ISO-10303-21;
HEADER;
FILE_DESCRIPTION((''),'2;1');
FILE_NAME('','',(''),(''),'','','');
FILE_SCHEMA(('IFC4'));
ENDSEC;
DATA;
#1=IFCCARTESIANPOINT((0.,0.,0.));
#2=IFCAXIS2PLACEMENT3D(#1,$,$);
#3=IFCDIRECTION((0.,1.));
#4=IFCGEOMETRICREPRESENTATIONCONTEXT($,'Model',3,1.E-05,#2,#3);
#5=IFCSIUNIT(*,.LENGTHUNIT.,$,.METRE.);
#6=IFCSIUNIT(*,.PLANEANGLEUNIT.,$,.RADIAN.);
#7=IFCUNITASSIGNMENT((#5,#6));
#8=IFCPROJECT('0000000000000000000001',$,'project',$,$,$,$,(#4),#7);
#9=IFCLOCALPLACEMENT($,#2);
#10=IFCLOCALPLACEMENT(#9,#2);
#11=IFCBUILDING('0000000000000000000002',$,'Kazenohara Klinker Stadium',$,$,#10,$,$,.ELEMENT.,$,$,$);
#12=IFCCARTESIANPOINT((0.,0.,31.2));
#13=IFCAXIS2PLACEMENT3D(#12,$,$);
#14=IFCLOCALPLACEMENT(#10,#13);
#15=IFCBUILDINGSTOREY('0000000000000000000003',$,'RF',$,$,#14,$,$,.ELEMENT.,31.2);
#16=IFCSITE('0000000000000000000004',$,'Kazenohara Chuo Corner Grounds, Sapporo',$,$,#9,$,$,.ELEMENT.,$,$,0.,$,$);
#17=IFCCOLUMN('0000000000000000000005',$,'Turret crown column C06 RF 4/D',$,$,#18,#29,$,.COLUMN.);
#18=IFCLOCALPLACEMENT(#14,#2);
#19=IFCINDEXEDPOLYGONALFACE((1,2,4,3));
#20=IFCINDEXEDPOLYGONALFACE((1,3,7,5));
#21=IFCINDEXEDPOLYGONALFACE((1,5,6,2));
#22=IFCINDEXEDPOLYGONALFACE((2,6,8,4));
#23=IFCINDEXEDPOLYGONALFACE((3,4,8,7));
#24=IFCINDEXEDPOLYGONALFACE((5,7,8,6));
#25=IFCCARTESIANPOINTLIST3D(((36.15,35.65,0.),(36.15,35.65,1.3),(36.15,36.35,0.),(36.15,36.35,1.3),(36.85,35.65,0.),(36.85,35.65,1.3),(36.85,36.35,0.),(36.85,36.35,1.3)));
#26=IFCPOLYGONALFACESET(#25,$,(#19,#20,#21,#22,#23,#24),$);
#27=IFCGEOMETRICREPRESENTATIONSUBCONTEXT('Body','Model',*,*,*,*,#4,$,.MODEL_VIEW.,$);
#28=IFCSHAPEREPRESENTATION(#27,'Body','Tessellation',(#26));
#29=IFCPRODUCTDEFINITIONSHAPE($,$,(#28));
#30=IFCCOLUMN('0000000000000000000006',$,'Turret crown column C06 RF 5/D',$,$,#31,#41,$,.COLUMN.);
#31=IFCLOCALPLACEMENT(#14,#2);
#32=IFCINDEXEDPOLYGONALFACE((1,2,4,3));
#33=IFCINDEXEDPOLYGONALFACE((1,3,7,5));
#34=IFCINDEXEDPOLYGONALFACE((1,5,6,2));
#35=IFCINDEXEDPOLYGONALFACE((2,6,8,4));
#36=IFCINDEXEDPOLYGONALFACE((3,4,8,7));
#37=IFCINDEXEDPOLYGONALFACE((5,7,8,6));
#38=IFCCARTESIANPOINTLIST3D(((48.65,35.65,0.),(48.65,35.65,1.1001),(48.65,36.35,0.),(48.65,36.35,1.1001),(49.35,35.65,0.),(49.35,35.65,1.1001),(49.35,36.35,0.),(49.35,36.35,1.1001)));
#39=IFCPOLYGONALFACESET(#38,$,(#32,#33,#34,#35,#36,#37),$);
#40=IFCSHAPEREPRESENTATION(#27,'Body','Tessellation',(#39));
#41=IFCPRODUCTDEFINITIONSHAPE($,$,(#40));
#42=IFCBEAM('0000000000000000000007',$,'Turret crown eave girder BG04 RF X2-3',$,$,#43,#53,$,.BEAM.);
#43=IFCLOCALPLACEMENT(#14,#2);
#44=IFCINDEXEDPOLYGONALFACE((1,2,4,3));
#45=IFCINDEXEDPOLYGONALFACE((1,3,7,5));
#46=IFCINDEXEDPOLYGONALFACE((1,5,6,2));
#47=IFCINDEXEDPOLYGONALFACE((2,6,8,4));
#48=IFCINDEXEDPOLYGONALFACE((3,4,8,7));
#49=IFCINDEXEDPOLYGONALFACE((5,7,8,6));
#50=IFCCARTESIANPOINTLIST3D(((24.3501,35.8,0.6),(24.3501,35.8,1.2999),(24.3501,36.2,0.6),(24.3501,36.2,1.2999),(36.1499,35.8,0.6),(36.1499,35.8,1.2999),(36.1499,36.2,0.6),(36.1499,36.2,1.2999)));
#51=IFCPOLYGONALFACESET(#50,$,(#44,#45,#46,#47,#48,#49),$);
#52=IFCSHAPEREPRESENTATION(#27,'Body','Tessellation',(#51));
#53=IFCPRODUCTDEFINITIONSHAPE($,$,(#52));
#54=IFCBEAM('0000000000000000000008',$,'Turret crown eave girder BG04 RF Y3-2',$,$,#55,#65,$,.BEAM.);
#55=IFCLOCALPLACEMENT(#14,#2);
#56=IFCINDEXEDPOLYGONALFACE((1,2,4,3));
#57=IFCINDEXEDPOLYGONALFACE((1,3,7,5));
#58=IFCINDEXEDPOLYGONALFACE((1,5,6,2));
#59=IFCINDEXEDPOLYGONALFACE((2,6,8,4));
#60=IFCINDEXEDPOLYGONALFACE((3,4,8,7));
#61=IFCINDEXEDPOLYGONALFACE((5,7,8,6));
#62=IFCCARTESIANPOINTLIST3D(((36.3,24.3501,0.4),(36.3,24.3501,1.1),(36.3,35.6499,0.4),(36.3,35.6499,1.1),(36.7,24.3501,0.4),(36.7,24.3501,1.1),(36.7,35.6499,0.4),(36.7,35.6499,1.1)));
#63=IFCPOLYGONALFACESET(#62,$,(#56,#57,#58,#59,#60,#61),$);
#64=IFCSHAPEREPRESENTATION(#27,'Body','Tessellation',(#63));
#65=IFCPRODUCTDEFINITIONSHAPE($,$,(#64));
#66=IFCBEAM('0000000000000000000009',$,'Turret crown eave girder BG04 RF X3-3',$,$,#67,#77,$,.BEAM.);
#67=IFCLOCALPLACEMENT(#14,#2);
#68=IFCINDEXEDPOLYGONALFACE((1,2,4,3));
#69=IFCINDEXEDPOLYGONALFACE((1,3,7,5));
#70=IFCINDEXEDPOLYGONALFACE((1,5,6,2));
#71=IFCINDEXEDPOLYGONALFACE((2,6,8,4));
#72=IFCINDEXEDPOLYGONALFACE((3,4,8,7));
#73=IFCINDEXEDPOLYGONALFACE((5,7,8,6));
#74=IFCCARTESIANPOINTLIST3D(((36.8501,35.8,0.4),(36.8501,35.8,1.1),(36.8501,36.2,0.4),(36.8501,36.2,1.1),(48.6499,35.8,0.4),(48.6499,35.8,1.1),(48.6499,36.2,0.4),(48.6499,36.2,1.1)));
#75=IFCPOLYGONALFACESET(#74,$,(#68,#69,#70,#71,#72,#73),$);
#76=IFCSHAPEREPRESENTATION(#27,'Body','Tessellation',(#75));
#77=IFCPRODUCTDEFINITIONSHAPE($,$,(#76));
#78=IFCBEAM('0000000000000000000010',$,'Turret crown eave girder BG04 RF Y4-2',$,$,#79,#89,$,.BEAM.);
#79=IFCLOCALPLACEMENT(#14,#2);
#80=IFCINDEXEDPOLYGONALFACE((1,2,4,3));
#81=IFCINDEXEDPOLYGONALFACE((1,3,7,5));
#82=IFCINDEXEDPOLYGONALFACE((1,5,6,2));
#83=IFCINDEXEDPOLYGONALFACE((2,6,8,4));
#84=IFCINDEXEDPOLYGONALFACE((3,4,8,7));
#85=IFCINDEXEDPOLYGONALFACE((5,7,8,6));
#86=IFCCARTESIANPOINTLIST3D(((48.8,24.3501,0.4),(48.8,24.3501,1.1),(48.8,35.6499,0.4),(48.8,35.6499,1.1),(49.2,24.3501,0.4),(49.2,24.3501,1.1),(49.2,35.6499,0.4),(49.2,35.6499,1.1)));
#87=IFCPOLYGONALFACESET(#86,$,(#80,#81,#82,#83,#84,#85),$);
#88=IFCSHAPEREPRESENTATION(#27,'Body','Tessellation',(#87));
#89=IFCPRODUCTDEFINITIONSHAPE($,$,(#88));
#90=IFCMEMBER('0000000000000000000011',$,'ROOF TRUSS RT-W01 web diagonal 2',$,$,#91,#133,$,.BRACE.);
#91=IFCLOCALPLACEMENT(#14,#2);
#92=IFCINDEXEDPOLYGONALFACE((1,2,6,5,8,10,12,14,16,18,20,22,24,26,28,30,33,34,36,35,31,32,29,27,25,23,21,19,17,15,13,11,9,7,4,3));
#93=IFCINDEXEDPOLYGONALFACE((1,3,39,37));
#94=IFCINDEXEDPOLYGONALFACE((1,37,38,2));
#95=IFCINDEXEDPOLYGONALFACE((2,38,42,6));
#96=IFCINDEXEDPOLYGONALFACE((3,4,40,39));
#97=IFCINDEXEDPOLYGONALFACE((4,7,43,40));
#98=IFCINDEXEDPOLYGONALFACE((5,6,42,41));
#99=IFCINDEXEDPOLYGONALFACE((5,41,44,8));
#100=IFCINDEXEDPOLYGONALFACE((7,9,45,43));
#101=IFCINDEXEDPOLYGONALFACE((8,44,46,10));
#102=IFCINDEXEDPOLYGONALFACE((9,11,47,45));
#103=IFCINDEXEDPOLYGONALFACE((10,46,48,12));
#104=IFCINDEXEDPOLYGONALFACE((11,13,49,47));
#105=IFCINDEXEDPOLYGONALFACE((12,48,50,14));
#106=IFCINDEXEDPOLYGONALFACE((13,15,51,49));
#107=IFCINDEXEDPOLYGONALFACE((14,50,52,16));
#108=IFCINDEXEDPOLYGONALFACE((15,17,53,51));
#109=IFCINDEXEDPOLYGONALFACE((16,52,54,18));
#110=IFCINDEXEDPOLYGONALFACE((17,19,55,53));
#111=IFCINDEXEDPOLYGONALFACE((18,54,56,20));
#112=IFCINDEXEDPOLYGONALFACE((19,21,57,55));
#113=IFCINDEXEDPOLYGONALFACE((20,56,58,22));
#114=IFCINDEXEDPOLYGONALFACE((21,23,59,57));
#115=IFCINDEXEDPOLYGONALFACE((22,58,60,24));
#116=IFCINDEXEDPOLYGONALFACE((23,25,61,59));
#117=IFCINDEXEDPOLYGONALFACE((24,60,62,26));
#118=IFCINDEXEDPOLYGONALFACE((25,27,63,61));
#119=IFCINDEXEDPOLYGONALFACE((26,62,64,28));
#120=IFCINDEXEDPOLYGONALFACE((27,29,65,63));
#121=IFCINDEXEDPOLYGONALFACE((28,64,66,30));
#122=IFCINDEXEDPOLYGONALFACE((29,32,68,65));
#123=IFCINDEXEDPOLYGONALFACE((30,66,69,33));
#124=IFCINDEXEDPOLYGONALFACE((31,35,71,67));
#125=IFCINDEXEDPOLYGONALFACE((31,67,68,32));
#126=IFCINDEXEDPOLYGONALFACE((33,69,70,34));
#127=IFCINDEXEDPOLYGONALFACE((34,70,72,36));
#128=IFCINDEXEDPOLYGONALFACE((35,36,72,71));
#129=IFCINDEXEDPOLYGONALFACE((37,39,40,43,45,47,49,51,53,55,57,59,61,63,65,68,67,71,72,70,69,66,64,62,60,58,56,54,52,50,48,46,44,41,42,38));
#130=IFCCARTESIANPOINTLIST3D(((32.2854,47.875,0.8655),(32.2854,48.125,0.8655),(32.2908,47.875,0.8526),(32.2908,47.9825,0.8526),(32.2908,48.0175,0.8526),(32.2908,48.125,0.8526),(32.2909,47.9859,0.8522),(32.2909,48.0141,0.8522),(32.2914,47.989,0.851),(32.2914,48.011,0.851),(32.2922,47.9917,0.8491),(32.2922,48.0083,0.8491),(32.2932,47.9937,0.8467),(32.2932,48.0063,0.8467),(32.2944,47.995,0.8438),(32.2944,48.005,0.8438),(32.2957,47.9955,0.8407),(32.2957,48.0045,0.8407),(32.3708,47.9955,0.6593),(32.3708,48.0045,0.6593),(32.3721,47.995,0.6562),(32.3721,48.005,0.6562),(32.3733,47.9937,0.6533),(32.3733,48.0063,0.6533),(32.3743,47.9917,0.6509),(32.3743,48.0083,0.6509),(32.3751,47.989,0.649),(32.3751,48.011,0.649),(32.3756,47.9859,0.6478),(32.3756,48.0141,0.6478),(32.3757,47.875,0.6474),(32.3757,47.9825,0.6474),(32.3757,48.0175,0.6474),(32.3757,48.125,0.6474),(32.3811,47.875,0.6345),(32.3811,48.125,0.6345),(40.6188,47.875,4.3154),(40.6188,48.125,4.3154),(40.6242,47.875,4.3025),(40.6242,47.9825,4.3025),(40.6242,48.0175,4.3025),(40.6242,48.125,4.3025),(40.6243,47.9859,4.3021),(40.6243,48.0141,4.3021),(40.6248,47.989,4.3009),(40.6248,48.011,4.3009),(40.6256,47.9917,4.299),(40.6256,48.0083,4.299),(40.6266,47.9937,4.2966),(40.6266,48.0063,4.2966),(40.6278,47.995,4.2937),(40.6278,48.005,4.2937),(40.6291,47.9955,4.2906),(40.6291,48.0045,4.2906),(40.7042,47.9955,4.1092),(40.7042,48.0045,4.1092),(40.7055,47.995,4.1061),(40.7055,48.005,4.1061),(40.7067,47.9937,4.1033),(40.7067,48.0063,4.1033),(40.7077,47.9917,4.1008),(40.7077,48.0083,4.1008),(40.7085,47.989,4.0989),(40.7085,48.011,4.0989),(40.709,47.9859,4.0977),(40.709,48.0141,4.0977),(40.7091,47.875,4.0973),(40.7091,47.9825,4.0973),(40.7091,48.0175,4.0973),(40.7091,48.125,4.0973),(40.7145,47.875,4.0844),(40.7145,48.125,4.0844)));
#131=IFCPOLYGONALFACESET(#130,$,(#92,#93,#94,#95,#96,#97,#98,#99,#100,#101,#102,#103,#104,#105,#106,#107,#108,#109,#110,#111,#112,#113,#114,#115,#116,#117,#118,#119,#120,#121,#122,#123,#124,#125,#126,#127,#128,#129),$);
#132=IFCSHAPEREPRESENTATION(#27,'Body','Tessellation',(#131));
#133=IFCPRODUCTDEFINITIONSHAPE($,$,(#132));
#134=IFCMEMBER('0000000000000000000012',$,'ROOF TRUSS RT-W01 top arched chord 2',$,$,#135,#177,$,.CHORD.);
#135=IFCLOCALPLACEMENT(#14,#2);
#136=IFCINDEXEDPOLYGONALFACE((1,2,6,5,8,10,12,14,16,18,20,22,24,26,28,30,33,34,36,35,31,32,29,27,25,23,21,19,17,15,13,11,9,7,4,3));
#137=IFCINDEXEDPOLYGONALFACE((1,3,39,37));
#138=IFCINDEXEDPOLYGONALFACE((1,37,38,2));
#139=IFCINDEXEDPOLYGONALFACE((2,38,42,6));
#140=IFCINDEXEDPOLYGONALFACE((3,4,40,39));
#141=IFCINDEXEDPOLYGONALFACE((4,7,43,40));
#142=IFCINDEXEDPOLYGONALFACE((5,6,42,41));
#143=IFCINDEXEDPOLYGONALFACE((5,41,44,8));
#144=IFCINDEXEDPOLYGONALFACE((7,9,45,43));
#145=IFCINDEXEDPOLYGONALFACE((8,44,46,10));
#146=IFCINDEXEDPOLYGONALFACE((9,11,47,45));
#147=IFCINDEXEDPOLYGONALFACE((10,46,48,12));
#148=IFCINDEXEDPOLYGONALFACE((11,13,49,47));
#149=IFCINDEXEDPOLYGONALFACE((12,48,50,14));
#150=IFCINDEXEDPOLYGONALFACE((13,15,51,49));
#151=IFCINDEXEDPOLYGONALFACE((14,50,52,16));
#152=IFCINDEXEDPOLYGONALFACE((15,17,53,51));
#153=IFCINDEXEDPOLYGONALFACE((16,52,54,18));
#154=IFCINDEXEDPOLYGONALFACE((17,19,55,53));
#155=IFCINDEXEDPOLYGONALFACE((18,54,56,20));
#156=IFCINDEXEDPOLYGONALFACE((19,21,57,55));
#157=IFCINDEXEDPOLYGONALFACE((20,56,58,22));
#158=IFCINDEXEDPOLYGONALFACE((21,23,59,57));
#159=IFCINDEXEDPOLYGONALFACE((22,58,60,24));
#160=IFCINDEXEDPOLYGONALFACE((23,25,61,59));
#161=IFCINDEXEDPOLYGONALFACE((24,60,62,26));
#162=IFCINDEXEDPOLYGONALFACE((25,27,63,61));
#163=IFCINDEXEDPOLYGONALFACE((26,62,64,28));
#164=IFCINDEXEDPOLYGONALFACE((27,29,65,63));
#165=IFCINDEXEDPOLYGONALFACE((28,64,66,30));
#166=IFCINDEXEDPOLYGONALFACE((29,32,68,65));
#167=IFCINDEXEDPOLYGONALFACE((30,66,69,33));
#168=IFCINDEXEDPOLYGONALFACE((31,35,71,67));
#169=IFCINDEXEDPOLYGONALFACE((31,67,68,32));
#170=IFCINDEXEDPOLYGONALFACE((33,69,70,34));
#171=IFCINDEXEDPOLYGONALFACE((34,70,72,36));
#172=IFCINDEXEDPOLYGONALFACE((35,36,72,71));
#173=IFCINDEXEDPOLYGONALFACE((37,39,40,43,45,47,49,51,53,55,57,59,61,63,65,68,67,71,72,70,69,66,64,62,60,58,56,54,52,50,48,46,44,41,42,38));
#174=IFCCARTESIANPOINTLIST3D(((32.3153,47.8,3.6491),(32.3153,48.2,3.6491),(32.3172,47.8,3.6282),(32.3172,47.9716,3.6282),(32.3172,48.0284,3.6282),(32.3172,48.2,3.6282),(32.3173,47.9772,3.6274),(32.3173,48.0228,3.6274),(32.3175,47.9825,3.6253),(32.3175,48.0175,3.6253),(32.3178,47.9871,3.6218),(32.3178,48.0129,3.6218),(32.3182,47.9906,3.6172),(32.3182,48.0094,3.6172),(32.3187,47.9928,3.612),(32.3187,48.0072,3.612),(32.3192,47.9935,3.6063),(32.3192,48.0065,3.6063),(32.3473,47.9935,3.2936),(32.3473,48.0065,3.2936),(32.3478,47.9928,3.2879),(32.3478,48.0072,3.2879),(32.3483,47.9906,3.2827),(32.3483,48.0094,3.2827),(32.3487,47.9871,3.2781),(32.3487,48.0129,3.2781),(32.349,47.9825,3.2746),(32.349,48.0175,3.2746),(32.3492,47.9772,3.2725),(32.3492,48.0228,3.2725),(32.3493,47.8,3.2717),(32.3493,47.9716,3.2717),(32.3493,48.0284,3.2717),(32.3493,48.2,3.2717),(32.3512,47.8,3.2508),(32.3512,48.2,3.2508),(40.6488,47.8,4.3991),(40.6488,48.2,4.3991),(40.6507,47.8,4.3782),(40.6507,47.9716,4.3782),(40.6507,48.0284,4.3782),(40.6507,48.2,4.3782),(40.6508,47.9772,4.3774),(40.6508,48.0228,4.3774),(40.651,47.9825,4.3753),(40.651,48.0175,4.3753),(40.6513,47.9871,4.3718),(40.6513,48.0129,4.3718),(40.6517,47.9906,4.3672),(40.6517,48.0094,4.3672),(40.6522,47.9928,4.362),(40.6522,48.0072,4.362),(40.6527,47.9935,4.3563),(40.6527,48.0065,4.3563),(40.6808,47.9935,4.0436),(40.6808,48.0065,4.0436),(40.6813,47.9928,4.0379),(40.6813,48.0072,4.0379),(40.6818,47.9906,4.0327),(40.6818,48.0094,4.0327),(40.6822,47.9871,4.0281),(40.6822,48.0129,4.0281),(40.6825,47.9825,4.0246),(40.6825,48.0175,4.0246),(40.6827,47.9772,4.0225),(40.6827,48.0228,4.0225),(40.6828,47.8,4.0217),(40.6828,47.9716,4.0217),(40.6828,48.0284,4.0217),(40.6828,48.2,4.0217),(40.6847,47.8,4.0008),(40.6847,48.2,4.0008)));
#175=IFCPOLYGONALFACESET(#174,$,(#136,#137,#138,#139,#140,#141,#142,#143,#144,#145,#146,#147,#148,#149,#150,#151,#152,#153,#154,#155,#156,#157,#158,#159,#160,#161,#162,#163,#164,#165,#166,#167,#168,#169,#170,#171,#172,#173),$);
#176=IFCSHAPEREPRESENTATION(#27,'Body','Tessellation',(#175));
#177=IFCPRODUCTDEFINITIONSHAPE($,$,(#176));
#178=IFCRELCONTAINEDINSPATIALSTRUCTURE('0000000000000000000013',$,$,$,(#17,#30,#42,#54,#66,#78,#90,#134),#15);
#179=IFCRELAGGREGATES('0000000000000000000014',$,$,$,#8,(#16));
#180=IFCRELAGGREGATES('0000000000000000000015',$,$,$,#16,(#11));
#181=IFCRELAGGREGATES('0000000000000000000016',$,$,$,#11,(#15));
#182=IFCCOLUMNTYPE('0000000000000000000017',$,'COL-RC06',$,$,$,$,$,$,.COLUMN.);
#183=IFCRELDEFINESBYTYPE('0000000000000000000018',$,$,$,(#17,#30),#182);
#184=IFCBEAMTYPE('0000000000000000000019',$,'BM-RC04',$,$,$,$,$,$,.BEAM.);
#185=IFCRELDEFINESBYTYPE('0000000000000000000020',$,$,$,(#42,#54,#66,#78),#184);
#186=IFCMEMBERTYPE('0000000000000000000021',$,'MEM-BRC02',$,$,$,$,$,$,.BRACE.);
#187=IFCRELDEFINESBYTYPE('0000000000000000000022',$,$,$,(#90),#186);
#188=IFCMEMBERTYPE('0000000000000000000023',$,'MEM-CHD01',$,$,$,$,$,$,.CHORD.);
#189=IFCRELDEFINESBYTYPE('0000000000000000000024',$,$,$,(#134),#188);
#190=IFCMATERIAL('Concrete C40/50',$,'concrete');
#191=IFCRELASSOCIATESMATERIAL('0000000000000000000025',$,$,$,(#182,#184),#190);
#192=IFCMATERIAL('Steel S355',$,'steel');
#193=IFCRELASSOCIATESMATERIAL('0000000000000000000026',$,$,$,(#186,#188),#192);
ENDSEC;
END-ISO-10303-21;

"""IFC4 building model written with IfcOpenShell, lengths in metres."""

from ifc_helpers import new_model, si_unit, direction, frame, origin, origin_2d, place, context, subcontext, project, spatial, rectangle, i_section, extrude, material, material_profile, profile_set, type_object, element, save


model = new_model("IFC4")

# Units and contexts
model_context = context("Model", 3, precision=1e-05, world=origin(), true_north=direction((0.0, 1.0)))
body_context = subcontext(model_context, "Body", "Model", "MODEL_VIEW")
ifc_project = project(units=[si_unit("LENGTHUNIT", "METRE"), si_unit("PLANEANGLEUNIT", "RADIAN")], contexts=[model_context])

# Site, building, storey
site_placement = place(None, origin())
site = spatial("IfcSite", under=ifc_project, at=site_placement, Name="Kazenohara Chuo Corner Grounds, Sapporo", CompositionType="ELEMENT", RefElevation=0.0)
building_placement = place(site_placement, origin())
building = spatial("IfcBuilding", under=site, at=building_placement, Name="Kazenohara Klinker Stadium", CompositionType="ELEMENT")
storey_placement = place(building_placement, frame((0.0, 0.0, 31.2)))
storey = spatial("IfcBuildingStorey", under=building, at=storey_placement, Name="RF", CompositionType="ELEMENT", Elevation=31.2)

# Columns
ifc_material_1 = material(Name="Concrete C40/50", Category="concrete")
ifc_material_profile_1 = material_profile(ifc_material_1, rectangle(XDim=0.7, YDim=0.7, at=origin_2d()), Name="RC-COL-700x700")
ifc_profile_set_1 = profile_set([ifc_material_profile_1], Name="Concrete C40/50")
column_type = type_object("IfcColumnType", Name="COL-RC06", PredefinedType="COLUMN", material=ifc_profile_set_1)
column_1_placement = place(storey_placement, frame((36.5, 36.0, 0.0), z_axis=(0.0, 0.0, 1.0), x_axis=(1.0, 0.0, 0.0)))
element("IfcColumn", 1, at=column_1_placement, inside=storey, type_object=column_type, Name="Turret crown column C06 RF 4/D", PredefinedType="COLUMN", context=body_context, shape_type="SweptSolid", body=[
    extrude(rectangle(XDim=0.7, YDim=0.7, at=origin_2d()), origin(), (0.0, 0.0, 1.0), 1.3),
])
column_2_placement = place(storey_placement, frame((49.0, 36.0, 0.0), z_axis=(0.0, 0.0, 1.0), x_axis=(1.0, 0.0, 0.0)))
element("IfcColumn", 2, at=column_2_placement, inside=storey, type_object=column_type, Name="Turret crown column C06 RF 5/D", PredefinedType="COLUMN", context=body_context, shape_type="SweptSolid", body=[
    extrude(rectangle(XDim=0.7, YDim=0.7, at=origin_2d()), origin(), (0.0, 0.0, 1.0), 1.1001),
])

# Beams
ifc_material_profile_2 = material_profile(ifc_material_1, rectangle(XDim=0.3999, YDim=0.7, at=origin_2d()), Name="RC-BM-400x700")
ifc_profile_set_2 = profile_set([ifc_material_profile_2], Name="Concrete C40/50")
beam_type_1 = type_object("IfcBeamType", Name="BM-RC04", PredefinedType="BEAM", material=ifc_profile_set_2)
beam_1_placement = place(storey_placement, frame((24.3501, 36.0, 0.95), z_axis=(1.0, 0.0, 0.0), x_axis=(0.0, 1.0, 0.0)))
element("IfcBeam", 3, at=beam_1_placement, inside=storey, type_object=beam_type_1, Name="Turret crown eave girder BG04 RF X2-3", PredefinedType="BEAM", context=body_context, shape_type="SweptSolid", body=[
    extrude(rectangle(XDim=0.3999, YDim=0.7, at=origin_2d()), origin(), (0.0, 0.0, 1.0), 11.7998),
])
beam_2_placement = place(storey_placement, frame((36.5, 24.3501, 0.75), z_axis=(0.0, 1.0, 0.0), x_axis=(-1.0, 0.0, 0.0)))
element("IfcBeam", 4, at=beam_2_placement, inside=storey, type_object=beam_type_1, Name="Turret crown eave girder BG04 RF Y3-2", PredefinedType="BEAM", context=body_context, shape_type="SweptSolid", body=[
    extrude(rectangle(XDim=0.3999, YDim=0.7, at=origin_2d()), origin(), (0.0, 0.0, 1.0), 11.2998),
])
beam_3_placement = place(storey_placement, frame((36.8501, 36.0, 0.75), z_axis=(1.0, 0.0, 0.0), x_axis=(0.0, 1.0, 0.0)))
element("IfcBeam", 5, at=beam_3_placement, inside=storey, type_object=beam_type_1, Name="Turret crown eave girder BG04 RF X3-3", PredefinedType="BEAM", context=body_context, shape_type="SweptSolid", body=[
    extrude(rectangle(XDim=0.3999, YDim=0.7, at=origin_2d()), origin(), (0.0, 0.0, 1.0), 11.7998),
])
beam_4_placement = place(storey_placement, frame((49.0, 24.3501, 0.75), z_axis=(0.0, 1.0, 0.0), x_axis=(-1.0, 0.0, 0.0)))
element("IfcBeam", 6, at=beam_4_placement, inside=storey, type_object=beam_type_1, Name="Turret crown eave girder BG04 RF Y4-2", PredefinedType="BEAM", context=body_context, shape_type="SweptSolid", body=[
    extrude(rectangle(XDim=0.3999, YDim=0.7, at=origin_2d()), origin(), (0.0, 0.0, 1.0), 11.2998),
])

# Members
ifc_material_2 = material(Name="Steel S355", Category="steel")
ifc_material_profile_3 = material_profile(ifc_material_2, i_section(OverallWidth=0.25, OverallDepth=0.25, WebThickness=0.009, FlangeThickness=0.0139, FilletRadius=0.0129, at=origin_2d()), Name="H-250x250x9x14")
ifc_profile_set_3 = profile_set([ifc_material_profile_3], Name="Steel S355")
member_type_1 = type_object("IfcMemberType", Name="MEM-BRC02", PredefinedType="BRACE", material=ifc_profile_set_3)
member_1_placement = place(storey_placement, frame((32.3333, 48.0, 0.75), z_axis=(0.923954, 0.0, 0.382504), x_axis=(0.0, 1.0, 0.0)))
element("IfcMember", 7, at=member_1_placement, inside=storey, type_object=member_type_1, Name="ROOF TRUSS RT-W01 web diagonal 2", PredefinedType="BRACE", context=body_context, shape_type="SweptSolid", body=[
    extrude(i_section(OverallWidth=0.25, OverallDepth=0.25, WebThickness=0.009, FlangeThickness=0.0139, FilletRadius=0.0129, at=origin_2d()), origin(), (0.0, 0.0, 1.0), 9.0193),
])
ifc_material_profile_4 = material_profile(ifc_material_2, i_section(OverallWidth=0.3999, OverallDepth=0.3999, WebThickness=0.0129, FlangeThickness=0.021, FilletRadius=0.022, at=origin_2d()), Name="H-400x400x13x21")
ifc_profile_set_4 = profile_set([ifc_material_profile_4], Name="Steel S355")
member_type_2 = type_object("IfcMemberType", Name="MEM-CHD01", PredefinedType="CHORD", material=ifc_profile_set_4)
member_2_placement = place(storey_placement, frame((32.3333, 48.0, 3.45), z_axis=(0.995975, 0.0, 0.089636), x_axis=(0.0, 1.0, 0.0)))
element("IfcMember", 8, at=member_2_placement, inside=storey, type_object=member_type_2, Name="ROOF TRUSS RT-W01 top arched chord 2", PredefinedType="CHORD", context=body_context, shape_type="SweptSolid", body=[
    extrude(i_section(OverallWidth=0.3999, OverallDepth=0.3999, WebThickness=0.0129, FlangeThickness=0.021, FilletRadius=0.022, at=origin_2d()), origin(), (0.0, 0.0, 1.0), 8.3672),
])

save(model, "model.ifc")
